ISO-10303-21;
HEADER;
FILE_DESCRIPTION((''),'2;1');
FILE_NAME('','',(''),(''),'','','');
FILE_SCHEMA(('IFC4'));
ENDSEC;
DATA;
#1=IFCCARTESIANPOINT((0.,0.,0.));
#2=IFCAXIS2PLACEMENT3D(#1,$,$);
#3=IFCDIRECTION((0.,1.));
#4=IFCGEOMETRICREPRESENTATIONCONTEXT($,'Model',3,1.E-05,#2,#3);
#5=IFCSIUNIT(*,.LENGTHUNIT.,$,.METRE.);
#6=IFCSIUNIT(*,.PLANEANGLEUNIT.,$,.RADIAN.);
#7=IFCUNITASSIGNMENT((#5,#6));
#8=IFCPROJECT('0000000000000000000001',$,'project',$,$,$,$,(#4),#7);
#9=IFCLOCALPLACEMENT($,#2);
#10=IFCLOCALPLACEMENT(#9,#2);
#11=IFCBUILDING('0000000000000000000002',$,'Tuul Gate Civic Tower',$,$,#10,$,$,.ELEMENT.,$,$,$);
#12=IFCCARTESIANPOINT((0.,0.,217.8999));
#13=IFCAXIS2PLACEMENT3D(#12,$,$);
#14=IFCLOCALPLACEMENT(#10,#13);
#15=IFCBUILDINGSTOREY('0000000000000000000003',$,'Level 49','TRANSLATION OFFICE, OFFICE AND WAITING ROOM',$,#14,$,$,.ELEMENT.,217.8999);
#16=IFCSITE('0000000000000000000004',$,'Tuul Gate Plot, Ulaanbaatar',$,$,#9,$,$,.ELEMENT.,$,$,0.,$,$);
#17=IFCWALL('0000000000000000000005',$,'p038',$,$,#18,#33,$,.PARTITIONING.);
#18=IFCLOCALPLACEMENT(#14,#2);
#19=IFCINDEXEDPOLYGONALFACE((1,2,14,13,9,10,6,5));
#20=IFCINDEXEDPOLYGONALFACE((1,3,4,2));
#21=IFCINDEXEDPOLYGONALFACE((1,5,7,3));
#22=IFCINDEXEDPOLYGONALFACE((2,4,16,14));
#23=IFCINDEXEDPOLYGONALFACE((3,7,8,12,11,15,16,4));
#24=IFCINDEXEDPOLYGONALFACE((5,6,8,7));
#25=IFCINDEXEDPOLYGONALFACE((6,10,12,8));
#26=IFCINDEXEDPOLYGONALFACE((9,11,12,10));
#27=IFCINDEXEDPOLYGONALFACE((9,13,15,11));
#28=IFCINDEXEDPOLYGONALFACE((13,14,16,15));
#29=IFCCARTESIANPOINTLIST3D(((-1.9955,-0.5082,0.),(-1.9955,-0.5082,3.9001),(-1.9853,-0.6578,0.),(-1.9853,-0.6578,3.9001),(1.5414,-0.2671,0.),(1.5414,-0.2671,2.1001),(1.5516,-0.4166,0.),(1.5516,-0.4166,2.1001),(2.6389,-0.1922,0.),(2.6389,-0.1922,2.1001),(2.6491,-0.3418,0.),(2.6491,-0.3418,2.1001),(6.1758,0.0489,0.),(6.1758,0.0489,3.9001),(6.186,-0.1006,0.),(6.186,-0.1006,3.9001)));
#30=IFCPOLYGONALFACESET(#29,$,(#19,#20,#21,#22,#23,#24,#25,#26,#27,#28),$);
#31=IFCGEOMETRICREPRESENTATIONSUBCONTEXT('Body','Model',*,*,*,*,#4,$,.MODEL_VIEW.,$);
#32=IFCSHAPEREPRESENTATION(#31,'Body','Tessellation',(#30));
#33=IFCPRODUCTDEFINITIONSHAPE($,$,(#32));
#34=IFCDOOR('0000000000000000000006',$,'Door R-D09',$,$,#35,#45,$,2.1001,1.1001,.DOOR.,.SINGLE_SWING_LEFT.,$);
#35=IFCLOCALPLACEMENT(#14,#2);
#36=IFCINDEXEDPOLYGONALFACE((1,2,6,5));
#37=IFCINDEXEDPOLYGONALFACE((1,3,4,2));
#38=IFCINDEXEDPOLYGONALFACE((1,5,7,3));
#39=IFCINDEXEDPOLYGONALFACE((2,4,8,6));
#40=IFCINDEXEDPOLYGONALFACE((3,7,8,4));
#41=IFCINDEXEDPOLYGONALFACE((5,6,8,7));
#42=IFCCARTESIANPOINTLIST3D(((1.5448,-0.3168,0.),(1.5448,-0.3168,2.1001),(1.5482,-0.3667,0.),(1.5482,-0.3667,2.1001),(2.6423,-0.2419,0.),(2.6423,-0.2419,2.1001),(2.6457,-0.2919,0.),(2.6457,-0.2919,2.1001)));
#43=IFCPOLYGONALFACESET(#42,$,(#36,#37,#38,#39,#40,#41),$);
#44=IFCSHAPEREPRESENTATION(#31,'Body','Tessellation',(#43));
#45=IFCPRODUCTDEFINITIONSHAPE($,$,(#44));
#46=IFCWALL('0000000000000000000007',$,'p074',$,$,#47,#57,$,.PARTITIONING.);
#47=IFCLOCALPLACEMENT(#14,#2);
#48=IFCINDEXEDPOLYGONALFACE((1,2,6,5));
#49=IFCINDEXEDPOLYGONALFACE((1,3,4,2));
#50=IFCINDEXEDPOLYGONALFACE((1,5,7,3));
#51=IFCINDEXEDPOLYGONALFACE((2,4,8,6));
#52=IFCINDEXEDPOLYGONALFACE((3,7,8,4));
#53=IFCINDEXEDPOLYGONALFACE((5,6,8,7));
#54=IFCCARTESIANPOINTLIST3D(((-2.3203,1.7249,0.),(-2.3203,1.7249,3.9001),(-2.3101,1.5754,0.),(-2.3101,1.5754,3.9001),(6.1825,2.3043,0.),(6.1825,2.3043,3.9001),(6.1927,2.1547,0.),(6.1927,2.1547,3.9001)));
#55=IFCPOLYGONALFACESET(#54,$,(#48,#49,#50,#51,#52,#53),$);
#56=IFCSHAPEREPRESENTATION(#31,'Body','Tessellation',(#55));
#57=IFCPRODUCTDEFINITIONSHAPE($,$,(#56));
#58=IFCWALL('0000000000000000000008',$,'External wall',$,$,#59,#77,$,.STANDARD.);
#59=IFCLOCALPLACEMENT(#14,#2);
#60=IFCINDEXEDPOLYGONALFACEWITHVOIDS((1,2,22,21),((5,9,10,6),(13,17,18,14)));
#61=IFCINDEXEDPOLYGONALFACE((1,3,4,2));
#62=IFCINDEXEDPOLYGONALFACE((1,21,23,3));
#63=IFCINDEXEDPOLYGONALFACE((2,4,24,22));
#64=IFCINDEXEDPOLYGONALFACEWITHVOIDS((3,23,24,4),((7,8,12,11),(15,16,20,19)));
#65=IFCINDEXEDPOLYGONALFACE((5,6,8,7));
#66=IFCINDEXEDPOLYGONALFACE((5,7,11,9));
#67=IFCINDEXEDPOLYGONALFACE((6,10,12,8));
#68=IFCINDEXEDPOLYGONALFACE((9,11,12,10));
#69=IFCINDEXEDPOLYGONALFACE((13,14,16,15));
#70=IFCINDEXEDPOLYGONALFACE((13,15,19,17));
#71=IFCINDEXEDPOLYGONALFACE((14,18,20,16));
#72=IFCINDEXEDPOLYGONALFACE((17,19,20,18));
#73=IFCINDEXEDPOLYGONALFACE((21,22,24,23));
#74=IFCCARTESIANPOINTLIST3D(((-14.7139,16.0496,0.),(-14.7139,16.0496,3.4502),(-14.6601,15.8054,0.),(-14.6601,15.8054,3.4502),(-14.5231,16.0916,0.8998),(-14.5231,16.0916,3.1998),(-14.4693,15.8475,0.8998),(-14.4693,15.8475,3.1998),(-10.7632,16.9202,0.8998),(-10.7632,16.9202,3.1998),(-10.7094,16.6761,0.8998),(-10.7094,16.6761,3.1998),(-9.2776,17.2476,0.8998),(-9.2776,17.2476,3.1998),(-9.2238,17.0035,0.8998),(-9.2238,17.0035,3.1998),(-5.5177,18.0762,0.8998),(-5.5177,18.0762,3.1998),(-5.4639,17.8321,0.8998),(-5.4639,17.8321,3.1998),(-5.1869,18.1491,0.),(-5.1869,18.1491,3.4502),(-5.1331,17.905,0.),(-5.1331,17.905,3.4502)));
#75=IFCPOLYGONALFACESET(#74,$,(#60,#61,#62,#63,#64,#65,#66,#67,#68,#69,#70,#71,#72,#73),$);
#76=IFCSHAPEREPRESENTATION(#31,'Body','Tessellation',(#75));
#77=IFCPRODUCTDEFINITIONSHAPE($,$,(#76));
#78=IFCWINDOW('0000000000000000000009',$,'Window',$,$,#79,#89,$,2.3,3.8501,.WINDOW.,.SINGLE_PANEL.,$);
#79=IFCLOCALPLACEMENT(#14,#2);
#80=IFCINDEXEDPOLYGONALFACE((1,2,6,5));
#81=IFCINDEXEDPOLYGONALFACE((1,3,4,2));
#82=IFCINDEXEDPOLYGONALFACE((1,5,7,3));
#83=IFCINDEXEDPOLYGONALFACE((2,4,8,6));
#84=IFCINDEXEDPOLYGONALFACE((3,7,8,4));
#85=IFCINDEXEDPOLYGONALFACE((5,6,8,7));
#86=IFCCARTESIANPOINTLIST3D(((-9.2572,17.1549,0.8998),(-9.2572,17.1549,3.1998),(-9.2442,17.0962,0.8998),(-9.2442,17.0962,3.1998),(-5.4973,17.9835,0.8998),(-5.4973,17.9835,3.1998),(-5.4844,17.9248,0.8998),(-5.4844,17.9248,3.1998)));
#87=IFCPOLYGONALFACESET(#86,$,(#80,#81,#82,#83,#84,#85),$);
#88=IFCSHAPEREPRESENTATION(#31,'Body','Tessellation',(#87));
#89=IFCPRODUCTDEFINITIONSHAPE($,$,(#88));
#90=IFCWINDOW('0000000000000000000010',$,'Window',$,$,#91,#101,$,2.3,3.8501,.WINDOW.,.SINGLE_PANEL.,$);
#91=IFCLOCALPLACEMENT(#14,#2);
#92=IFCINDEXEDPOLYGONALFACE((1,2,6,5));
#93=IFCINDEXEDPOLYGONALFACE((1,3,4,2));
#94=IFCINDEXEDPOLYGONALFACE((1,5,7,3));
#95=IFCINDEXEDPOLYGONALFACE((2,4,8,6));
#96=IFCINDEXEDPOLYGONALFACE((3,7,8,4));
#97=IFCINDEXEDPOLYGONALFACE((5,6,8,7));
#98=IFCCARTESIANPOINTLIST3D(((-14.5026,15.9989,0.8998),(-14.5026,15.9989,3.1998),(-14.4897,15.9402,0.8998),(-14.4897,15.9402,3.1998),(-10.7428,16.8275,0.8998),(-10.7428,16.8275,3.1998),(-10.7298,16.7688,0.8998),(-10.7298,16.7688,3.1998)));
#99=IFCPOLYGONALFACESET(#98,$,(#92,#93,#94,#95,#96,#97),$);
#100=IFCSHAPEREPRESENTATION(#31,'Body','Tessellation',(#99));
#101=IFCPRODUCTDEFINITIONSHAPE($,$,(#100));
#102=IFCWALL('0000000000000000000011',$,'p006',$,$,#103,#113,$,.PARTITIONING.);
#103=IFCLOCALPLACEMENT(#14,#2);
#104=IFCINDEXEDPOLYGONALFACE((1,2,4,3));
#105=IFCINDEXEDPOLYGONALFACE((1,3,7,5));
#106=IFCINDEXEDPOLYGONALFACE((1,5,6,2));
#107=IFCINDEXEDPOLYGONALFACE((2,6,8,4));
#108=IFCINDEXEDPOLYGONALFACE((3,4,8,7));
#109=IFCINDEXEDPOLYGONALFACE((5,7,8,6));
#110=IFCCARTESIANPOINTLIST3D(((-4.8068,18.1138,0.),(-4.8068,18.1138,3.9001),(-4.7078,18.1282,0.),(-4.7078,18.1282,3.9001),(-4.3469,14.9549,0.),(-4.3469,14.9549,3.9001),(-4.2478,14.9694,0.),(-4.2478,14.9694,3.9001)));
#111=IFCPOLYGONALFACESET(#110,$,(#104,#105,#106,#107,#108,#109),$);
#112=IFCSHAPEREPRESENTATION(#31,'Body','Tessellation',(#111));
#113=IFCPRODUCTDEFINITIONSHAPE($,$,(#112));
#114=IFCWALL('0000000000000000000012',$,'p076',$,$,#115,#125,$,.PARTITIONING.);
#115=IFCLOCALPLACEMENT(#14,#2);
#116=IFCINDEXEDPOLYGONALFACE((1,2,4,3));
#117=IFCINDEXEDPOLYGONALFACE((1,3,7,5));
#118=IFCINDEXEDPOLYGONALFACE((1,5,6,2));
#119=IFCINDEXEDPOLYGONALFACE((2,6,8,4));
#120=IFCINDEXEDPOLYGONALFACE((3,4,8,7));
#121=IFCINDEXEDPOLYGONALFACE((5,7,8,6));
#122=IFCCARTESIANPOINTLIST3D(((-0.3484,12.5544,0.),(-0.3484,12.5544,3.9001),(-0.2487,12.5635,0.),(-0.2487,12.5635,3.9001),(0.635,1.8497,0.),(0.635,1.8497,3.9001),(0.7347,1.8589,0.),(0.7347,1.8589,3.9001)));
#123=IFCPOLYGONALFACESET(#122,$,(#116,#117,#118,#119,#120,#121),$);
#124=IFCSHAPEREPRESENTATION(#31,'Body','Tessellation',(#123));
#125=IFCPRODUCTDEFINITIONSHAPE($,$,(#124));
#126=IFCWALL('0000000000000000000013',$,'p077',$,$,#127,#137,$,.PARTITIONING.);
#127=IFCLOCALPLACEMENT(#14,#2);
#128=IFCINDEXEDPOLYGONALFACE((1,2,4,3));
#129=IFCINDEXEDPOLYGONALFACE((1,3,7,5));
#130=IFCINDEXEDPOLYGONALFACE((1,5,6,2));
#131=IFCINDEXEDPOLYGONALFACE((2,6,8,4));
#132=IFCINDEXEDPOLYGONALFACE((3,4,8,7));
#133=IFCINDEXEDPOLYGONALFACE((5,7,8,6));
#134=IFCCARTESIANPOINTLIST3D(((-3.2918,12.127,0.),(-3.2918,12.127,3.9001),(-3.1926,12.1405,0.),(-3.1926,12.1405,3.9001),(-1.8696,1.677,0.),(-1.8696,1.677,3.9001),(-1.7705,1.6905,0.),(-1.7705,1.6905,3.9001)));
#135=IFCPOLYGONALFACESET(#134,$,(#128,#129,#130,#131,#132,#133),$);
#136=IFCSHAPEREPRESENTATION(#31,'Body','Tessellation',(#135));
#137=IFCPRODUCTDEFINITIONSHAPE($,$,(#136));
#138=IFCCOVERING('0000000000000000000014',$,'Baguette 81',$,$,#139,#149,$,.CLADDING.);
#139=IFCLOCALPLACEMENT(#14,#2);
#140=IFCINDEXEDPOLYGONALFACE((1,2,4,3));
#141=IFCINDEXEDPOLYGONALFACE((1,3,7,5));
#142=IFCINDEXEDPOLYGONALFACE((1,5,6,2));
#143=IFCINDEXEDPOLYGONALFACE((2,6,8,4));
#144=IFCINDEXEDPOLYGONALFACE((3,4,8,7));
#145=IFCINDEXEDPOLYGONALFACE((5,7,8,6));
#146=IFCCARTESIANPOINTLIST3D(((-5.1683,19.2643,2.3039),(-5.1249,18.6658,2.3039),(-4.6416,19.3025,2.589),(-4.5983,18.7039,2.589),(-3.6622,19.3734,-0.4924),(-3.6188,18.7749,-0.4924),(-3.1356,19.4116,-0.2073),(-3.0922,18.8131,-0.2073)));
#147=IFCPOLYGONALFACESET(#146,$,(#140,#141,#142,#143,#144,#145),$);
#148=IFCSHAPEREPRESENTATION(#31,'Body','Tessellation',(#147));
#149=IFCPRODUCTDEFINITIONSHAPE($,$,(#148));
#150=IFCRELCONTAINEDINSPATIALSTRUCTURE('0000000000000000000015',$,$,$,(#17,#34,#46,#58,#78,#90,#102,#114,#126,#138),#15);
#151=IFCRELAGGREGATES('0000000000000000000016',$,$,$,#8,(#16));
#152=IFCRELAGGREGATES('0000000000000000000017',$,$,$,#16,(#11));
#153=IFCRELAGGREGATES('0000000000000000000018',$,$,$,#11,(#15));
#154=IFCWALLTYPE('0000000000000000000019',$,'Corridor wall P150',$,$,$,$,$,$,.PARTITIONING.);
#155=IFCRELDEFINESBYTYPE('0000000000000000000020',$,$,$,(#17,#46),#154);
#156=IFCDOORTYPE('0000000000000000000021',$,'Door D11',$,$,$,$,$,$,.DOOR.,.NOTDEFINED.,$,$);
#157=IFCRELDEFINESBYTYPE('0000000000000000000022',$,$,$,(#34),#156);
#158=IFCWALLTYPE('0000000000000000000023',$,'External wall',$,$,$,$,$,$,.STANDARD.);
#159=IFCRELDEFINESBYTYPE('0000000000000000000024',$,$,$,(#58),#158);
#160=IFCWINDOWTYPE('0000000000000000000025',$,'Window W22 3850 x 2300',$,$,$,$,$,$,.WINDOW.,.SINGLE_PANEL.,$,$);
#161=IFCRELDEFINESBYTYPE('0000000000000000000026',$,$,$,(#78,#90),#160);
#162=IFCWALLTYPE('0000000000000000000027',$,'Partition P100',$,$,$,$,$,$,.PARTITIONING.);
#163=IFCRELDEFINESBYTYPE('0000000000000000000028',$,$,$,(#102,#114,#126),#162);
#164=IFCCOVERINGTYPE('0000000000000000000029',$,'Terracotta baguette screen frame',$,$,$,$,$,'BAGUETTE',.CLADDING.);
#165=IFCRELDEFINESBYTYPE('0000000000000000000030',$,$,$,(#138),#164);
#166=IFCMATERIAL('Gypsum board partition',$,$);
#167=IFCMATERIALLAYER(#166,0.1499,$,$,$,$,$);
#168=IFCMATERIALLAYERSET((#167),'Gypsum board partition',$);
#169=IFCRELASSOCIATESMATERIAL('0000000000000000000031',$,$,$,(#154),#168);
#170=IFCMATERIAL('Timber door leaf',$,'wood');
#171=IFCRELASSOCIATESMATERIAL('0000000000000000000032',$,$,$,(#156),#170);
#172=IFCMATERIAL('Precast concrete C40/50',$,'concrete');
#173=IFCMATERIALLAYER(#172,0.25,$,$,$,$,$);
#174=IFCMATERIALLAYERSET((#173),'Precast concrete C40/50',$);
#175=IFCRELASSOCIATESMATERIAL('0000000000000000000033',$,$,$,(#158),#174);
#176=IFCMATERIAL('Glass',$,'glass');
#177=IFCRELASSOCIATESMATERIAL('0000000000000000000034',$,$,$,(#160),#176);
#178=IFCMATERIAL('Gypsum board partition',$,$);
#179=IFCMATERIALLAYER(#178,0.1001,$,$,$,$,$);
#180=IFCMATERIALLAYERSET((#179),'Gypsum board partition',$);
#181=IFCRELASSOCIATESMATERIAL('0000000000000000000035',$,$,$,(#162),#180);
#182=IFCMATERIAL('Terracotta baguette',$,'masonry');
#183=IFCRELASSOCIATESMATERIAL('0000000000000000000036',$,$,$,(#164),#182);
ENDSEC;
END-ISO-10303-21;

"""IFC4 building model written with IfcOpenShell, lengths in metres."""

from ifc_helpers import new_model, si_unit, direction, frame, frame_2d, origin, origin_2d, place, context, subcontext, project, spatial, rectangle, extrude, material, layer, layer_set, material_profile, profile_set, type_object, element, fill, save


model = new_model("IFC4")

# Units and contexts
model_context = context("Model", 3, precision=1e-05, world=origin(), true_north=direction((0.0, 1.0)))
body_context = subcontext(model_context, "Body", "Model", "MODEL_VIEW")
ifc_project = project(units=[si_unit("LENGTHUNIT", "METRE"), si_unit("PLANEANGLEUNIT", "RADIAN")], contexts=[model_context])

# Site, building, storey
site_placement = place(None, origin())
site = spatial("IfcSite", under=ifc_project, at=site_placement, Name="Tuul Gate Plot, Ulaanbaatar", CompositionType="ELEMENT", RefElevation=0.0)
building_placement = place(site_placement, origin())
building = spatial("IfcBuilding", under=site, at=building_placement, Name="Tuul Gate Civic Tower", CompositionType="ELEMENT")
storey_placement = place(building_placement, frame((0.0, 0.0, 217.8999)))
storey = spatial("IfcBuildingStorey", under=building, at=storey_placement, Name="Level 49", Description="TRANSLATION OFFICE, OFFICE AND WAITING ROOM", CompositionType="ELEMENT", Elevation=217.8999)

# Shared definitions
ifc_material_1 = material(Name="Gypsum board partition")
ifc_layer_1 = layer(ifc_material_1, 0.1499)
ifc_layer_set_1 = layer_set([ifc_layer_1], Name="Gypsum board partition")
wall_type_1 = type_object("IfcWallType", Name="Corridor wall P150", PredefinedType="PARTITIONING", material=ifc_layer_set_1)

# Wall, opening, door
wall_1_placement = place(storey_placement, frame((-1.9905, -0.583, 0.0), z_axis=(0.0, 0.0, 1.0), x_axis=(0.997684, 0.068025, 0.0)))
wall_1 = element("IfcWall", 1, at=wall_1_placement, inside=storey, type_object=wall_type_1, Name="p038", PredefinedType="PARTITIONING", context=body_context, shape_type="SweptSolid", body=[
    extrude(rectangle(XDim=8.1902, YDim=0.1499, at=frame_2d((4.0952, 0.0))), origin(), (0.0, 0.0, 1.0), 3.9001),
])
opening_1_placement = place(wall_1_placement, frame((3.5452, 0.0, 0.0)))
opening_1 = element("IfcOpeningElement", 2, at=opening_1_placement, cuts=wall_1, PredefinedType="OPENING", context=body_context, shape_type="SweptSolid", body=[
    extrude(rectangle(XDim=1.1001, YDim=2.1001, at=frame_2d((0.55, 1.05))), frame((0.0, 0.085, 0.0), z_axis=(0.0, -1.0, 0.0), x_axis=(1.0, 0.0, 0.0)), (0.0, 0.0, 1.0), 0.1699),
])
ifc_material_2 = material(Name="Timber door leaf", Category="wood")
door_type = type_object("IfcDoorType", Name="Door D11", OperationType="NOTDEFINED", PredefinedType="DOOR", material=ifc_material_2)
door_placement = place(opening_1_placement, frame((1.1001, 0.0, 0.0), z_axis=(0.0, 0.0, 1.0), x_axis=(-1.0, 0.0, 0.0)))
door = element("IfcDoor", 3, at=door_placement, inside=storey, type_object=door_type, Name="Door R-D09", OperationType="SINGLE_SWING_LEFT", OverallHeight=2.1001, OverallWidth=1.1001, PredefinedType="DOOR", context=body_context, shape_type="SweptSolid", body=[
    extrude(rectangle(XDim=1.1001, YDim=2.1001, at=frame_2d((0.55, 1.05))), frame((0.0, 0.0249, 0.0), z_axis=(0.0, -1.0, 0.0), x_axis=(1.0, 0.0, 0.0)), (0.0, 0.0, 1.0), 0.05),
])
fill(opening_1, door)

# Wall
wall_2_placement = place(storey_placement, frame((-2.3152, 1.6501, 0.0), z_axis=(0.0, 0.0, 1.0), x_axis=(0.997687, 0.067979, 0.0)))
element("IfcWall", 4, at=wall_2_placement, inside=storey, type_object=wall_type_1, Name="p074", PredefinedType="PARTITIONING", context=body_context, shape_type="SweptSolid", body=[
    extrude(rectangle(XDim=8.5225, YDim=0.1499, at=frame_2d((4.2612, 0.0))), origin(), (0.0, 0.0, 1.0), 3.9001),
])

# Wall, openings, windows
ifc_material_3 = material(Name="Precast concrete C40/50", Category="concrete")
ifc_layer_2 = layer(ifc_material_3, 0.25)
ifc_layer_set_2 = layer_set([ifc_layer_2], Name="Precast concrete C40/50")
wall_type_2 = type_object("IfcWallType", Name="External wall", PredefinedType="STANDARD", material=ifc_layer_set_2)
wall_3_placement = place(storey_placement, frame((-5.1599, 18.0271, 0.0), z_axis=(0.0, 0.0, 1.0), x_axis=(-0.976566, -0.215218, 0.0)))
wall_3 = element("IfcWall", 5, at=wall_3_placement, inside=storey, type_object=wall_type_2, Name="External wall", PredefinedType="STANDARD", context=body_context, shape_type="SweptSolid", body=[
    extrude(rectangle(XDim=9.7556, YDim=0.25, at=frame_2d((4.8779, 0.0))), origin(), (0.0, 0.0, 1.0), 3.4502),
])
opening_2_placement = place(wall_3_placement, frame((0.3389, 0.0, 0.8999)))
opening_2 = element("IfcOpeningElement", 6, at=opening_2_placement, cuts=wall_3, PredefinedType="OPENING", context=body_context, shape_type="SweptSolid", body=[
    extrude(rectangle(XDim=3.8501, YDim=2.3, at=frame_2d((1.925, 1.1499))), frame((0.0, 0.135, 0.0), z_axis=(0.0, -1.0, 0.0), x_axis=(1.0, 0.0, 0.0)), (0.0, 0.0, 1.0), 0.27),
])
opening_3_placement = place(wall_3_placement, frame((5.7102, 0.0, 0.8999)))
opening_3 = element("IfcOpeningElement", 7, at=opening_3_placement, cuts=wall_3, PredefinedType="OPENING", context=body_context, shape_type="SweptSolid", body=[
    extrude(rectangle(XDim=3.8501, YDim=2.3, at=frame_2d((1.925, 1.1499))), frame((0.0, 0.135, 0.0), z_axis=(0.0, -1.0, 0.0), x_axis=(1.0, 0.0, 0.0)), (0.0, 0.0, 1.0), 0.27),
])
ifc_material_4 = material(Name="Glass", Category="glass")
window_type = type_object("IfcWindowType", Name="Window W22 3850 x 2300", PartitioningType="SINGLE_PANEL", PredefinedType="WINDOW", material=ifc_material_4)
window_1_placement = place(opening_2_placement, origin())
window_1 = element("IfcWindow", 8, at=window_1_placement, inside=storey, type_object=window_type, Name="Window", OverallHeight=2.3, OverallWidth=3.8501, PartitioningType="SINGLE_PANEL", PredefinedType="WINDOW", context=body_context, shape_type="SweptSolid", body=[
    extrude(rectangle(XDim=3.8501, YDim=2.3, at=frame_2d((1.925, 1.1499))), frame((0.0, 0.03, 0.0), z_axis=(0.0, -1.0, 0.0), x_axis=(1.0, 0.0, 0.0)), (0.0, 0.0, 1.0), 0.0601),
])
fill(opening_2, window_1)
window_2_placement = place(opening_3_placement, origin())
window_2 = element("IfcWindow", 9, at=window_2_placement, inside=storey, type_object=window_type, Name="Window", OverallHeight=2.3, OverallWidth=3.8501, PartitioningType="SINGLE_PANEL", PredefinedType="WINDOW", context=body_context, shape_type="SweptSolid", body=[
    extrude(rectangle(XDim=3.8501, YDim=2.3, at=frame_2d((1.925, 1.1499))), frame((0.0, 0.03, 0.0), z_axis=(0.0, -1.0, 0.0), x_axis=(1.0, 0.0, 0.0)), (0.0, 0.0, 1.0), 0.0601),
])
fill(opening_3, window_2)

# Walls
ifc_material_5 = material(Name="Gypsum board partition")
ifc_layer_3 = layer(ifc_material_5, 0.1001)
ifc_layer_set_3 = layer_set([ifc_layer_3], Name="Gypsum board partition")
wall_type_3 = type_object("IfcWallType", Name="Partition P100", PredefinedType="PARTITIONING", material=ifc_layer_set_3)
wall_4_placement = place(storey_placement, frame((-4.7573, 18.1211, 0.0), z_axis=(0.0, 0.0, 1.0), x_axis=(0.144087, -0.989565, 0.0)))
element("IfcWall", 10, at=wall_4_placement, inside=storey, type_object=wall_type_3, Name="p006", PredefinedType="PARTITIONING", context=body_context, shape_type="SweptSolid", body=[
    extrude(rectangle(XDim=3.1921, YDim=0.1001, at=frame_2d((1.5962, 0.0))), origin(), (0.0, 0.0, 1.0), 3.9001),
])
wall_5_placement = place(storey_placement, frame((-0.2986, 12.5591, 0.0), z_axis=(0.0, 0.0, 1.0), x_axis=(0.091482, -0.995807, 0.0)))
element("IfcWall", 11, at=wall_5_placement, inside=storey, type_object=wall_type_3, Name="p076", PredefinedType="PARTITIONING", context=body_context, shape_type="SweptSolid", body=[
    extrude(rectangle(XDim=10.7498, YDim=0.1001, at=frame_2d((5.375, 0.0))), origin(), (0.0, 0.0, 1.0), 3.9001),
])
wall_6_placement = place(storey_placement, frame((-3.2422, 12.1338, 0.0), z_axis=(0.0, 0.0, 1.0), x_axis=(0.134846, -0.990867, 0.0)))
element("IfcWall", 12, at=wall_6_placement, inside=storey, type_object=wall_type_3, Name="p077", PredefinedType="PARTITIONING", context=body_context, shape_type="SweptSolid", body=[
    extrude(rectangle(XDim=10.5464, YDim=0.1001, at=frame_2d((5.2732, 0.0))), origin(), (0.0, 0.0, 1.0), 3.9001),
])

# Covering
ifc_material_6 = material(Name="Terracotta baguette", Category="masonry")
ifc_material_profile_1 = material_profile(ifc_material_6, rectangle(XDim=0.6001, YDim=0.6001, at=origin_2d()), Name="Terracotta baguette screen frame")
ifc_profile_set_1 = profile_set([ifc_material_profile_1], Name="Terracotta baguette")
covering_type = type_object("IfcCoveringType", Name="Terracotta baguette screen frame", ElementType="BAGUETTE", PredefinedType="CLADDING", material=ifc_profile_set_1)
covering_placement = place(storey_placement, frame((-3.3772, 19.0933, -0.3499), z_axis=(-0.473907, -0.034339, 0.879905), x_axis=(0.07227, -0.997385, 0.0)))
element("IfcCovering", 13, at=covering_placement, inside=storey, type_object=covering_type, Name="Baguette 81", PredefinedType="CLADDING", context=body_context, shape_type="SweptSolid", body=[
    extrude(rectangle(XDim=0.6001, YDim=0.6001, at=origin_2d()), origin(), (0.0, 0.0, 1.0), 3.178),
])

save(model, "model.ifc")
